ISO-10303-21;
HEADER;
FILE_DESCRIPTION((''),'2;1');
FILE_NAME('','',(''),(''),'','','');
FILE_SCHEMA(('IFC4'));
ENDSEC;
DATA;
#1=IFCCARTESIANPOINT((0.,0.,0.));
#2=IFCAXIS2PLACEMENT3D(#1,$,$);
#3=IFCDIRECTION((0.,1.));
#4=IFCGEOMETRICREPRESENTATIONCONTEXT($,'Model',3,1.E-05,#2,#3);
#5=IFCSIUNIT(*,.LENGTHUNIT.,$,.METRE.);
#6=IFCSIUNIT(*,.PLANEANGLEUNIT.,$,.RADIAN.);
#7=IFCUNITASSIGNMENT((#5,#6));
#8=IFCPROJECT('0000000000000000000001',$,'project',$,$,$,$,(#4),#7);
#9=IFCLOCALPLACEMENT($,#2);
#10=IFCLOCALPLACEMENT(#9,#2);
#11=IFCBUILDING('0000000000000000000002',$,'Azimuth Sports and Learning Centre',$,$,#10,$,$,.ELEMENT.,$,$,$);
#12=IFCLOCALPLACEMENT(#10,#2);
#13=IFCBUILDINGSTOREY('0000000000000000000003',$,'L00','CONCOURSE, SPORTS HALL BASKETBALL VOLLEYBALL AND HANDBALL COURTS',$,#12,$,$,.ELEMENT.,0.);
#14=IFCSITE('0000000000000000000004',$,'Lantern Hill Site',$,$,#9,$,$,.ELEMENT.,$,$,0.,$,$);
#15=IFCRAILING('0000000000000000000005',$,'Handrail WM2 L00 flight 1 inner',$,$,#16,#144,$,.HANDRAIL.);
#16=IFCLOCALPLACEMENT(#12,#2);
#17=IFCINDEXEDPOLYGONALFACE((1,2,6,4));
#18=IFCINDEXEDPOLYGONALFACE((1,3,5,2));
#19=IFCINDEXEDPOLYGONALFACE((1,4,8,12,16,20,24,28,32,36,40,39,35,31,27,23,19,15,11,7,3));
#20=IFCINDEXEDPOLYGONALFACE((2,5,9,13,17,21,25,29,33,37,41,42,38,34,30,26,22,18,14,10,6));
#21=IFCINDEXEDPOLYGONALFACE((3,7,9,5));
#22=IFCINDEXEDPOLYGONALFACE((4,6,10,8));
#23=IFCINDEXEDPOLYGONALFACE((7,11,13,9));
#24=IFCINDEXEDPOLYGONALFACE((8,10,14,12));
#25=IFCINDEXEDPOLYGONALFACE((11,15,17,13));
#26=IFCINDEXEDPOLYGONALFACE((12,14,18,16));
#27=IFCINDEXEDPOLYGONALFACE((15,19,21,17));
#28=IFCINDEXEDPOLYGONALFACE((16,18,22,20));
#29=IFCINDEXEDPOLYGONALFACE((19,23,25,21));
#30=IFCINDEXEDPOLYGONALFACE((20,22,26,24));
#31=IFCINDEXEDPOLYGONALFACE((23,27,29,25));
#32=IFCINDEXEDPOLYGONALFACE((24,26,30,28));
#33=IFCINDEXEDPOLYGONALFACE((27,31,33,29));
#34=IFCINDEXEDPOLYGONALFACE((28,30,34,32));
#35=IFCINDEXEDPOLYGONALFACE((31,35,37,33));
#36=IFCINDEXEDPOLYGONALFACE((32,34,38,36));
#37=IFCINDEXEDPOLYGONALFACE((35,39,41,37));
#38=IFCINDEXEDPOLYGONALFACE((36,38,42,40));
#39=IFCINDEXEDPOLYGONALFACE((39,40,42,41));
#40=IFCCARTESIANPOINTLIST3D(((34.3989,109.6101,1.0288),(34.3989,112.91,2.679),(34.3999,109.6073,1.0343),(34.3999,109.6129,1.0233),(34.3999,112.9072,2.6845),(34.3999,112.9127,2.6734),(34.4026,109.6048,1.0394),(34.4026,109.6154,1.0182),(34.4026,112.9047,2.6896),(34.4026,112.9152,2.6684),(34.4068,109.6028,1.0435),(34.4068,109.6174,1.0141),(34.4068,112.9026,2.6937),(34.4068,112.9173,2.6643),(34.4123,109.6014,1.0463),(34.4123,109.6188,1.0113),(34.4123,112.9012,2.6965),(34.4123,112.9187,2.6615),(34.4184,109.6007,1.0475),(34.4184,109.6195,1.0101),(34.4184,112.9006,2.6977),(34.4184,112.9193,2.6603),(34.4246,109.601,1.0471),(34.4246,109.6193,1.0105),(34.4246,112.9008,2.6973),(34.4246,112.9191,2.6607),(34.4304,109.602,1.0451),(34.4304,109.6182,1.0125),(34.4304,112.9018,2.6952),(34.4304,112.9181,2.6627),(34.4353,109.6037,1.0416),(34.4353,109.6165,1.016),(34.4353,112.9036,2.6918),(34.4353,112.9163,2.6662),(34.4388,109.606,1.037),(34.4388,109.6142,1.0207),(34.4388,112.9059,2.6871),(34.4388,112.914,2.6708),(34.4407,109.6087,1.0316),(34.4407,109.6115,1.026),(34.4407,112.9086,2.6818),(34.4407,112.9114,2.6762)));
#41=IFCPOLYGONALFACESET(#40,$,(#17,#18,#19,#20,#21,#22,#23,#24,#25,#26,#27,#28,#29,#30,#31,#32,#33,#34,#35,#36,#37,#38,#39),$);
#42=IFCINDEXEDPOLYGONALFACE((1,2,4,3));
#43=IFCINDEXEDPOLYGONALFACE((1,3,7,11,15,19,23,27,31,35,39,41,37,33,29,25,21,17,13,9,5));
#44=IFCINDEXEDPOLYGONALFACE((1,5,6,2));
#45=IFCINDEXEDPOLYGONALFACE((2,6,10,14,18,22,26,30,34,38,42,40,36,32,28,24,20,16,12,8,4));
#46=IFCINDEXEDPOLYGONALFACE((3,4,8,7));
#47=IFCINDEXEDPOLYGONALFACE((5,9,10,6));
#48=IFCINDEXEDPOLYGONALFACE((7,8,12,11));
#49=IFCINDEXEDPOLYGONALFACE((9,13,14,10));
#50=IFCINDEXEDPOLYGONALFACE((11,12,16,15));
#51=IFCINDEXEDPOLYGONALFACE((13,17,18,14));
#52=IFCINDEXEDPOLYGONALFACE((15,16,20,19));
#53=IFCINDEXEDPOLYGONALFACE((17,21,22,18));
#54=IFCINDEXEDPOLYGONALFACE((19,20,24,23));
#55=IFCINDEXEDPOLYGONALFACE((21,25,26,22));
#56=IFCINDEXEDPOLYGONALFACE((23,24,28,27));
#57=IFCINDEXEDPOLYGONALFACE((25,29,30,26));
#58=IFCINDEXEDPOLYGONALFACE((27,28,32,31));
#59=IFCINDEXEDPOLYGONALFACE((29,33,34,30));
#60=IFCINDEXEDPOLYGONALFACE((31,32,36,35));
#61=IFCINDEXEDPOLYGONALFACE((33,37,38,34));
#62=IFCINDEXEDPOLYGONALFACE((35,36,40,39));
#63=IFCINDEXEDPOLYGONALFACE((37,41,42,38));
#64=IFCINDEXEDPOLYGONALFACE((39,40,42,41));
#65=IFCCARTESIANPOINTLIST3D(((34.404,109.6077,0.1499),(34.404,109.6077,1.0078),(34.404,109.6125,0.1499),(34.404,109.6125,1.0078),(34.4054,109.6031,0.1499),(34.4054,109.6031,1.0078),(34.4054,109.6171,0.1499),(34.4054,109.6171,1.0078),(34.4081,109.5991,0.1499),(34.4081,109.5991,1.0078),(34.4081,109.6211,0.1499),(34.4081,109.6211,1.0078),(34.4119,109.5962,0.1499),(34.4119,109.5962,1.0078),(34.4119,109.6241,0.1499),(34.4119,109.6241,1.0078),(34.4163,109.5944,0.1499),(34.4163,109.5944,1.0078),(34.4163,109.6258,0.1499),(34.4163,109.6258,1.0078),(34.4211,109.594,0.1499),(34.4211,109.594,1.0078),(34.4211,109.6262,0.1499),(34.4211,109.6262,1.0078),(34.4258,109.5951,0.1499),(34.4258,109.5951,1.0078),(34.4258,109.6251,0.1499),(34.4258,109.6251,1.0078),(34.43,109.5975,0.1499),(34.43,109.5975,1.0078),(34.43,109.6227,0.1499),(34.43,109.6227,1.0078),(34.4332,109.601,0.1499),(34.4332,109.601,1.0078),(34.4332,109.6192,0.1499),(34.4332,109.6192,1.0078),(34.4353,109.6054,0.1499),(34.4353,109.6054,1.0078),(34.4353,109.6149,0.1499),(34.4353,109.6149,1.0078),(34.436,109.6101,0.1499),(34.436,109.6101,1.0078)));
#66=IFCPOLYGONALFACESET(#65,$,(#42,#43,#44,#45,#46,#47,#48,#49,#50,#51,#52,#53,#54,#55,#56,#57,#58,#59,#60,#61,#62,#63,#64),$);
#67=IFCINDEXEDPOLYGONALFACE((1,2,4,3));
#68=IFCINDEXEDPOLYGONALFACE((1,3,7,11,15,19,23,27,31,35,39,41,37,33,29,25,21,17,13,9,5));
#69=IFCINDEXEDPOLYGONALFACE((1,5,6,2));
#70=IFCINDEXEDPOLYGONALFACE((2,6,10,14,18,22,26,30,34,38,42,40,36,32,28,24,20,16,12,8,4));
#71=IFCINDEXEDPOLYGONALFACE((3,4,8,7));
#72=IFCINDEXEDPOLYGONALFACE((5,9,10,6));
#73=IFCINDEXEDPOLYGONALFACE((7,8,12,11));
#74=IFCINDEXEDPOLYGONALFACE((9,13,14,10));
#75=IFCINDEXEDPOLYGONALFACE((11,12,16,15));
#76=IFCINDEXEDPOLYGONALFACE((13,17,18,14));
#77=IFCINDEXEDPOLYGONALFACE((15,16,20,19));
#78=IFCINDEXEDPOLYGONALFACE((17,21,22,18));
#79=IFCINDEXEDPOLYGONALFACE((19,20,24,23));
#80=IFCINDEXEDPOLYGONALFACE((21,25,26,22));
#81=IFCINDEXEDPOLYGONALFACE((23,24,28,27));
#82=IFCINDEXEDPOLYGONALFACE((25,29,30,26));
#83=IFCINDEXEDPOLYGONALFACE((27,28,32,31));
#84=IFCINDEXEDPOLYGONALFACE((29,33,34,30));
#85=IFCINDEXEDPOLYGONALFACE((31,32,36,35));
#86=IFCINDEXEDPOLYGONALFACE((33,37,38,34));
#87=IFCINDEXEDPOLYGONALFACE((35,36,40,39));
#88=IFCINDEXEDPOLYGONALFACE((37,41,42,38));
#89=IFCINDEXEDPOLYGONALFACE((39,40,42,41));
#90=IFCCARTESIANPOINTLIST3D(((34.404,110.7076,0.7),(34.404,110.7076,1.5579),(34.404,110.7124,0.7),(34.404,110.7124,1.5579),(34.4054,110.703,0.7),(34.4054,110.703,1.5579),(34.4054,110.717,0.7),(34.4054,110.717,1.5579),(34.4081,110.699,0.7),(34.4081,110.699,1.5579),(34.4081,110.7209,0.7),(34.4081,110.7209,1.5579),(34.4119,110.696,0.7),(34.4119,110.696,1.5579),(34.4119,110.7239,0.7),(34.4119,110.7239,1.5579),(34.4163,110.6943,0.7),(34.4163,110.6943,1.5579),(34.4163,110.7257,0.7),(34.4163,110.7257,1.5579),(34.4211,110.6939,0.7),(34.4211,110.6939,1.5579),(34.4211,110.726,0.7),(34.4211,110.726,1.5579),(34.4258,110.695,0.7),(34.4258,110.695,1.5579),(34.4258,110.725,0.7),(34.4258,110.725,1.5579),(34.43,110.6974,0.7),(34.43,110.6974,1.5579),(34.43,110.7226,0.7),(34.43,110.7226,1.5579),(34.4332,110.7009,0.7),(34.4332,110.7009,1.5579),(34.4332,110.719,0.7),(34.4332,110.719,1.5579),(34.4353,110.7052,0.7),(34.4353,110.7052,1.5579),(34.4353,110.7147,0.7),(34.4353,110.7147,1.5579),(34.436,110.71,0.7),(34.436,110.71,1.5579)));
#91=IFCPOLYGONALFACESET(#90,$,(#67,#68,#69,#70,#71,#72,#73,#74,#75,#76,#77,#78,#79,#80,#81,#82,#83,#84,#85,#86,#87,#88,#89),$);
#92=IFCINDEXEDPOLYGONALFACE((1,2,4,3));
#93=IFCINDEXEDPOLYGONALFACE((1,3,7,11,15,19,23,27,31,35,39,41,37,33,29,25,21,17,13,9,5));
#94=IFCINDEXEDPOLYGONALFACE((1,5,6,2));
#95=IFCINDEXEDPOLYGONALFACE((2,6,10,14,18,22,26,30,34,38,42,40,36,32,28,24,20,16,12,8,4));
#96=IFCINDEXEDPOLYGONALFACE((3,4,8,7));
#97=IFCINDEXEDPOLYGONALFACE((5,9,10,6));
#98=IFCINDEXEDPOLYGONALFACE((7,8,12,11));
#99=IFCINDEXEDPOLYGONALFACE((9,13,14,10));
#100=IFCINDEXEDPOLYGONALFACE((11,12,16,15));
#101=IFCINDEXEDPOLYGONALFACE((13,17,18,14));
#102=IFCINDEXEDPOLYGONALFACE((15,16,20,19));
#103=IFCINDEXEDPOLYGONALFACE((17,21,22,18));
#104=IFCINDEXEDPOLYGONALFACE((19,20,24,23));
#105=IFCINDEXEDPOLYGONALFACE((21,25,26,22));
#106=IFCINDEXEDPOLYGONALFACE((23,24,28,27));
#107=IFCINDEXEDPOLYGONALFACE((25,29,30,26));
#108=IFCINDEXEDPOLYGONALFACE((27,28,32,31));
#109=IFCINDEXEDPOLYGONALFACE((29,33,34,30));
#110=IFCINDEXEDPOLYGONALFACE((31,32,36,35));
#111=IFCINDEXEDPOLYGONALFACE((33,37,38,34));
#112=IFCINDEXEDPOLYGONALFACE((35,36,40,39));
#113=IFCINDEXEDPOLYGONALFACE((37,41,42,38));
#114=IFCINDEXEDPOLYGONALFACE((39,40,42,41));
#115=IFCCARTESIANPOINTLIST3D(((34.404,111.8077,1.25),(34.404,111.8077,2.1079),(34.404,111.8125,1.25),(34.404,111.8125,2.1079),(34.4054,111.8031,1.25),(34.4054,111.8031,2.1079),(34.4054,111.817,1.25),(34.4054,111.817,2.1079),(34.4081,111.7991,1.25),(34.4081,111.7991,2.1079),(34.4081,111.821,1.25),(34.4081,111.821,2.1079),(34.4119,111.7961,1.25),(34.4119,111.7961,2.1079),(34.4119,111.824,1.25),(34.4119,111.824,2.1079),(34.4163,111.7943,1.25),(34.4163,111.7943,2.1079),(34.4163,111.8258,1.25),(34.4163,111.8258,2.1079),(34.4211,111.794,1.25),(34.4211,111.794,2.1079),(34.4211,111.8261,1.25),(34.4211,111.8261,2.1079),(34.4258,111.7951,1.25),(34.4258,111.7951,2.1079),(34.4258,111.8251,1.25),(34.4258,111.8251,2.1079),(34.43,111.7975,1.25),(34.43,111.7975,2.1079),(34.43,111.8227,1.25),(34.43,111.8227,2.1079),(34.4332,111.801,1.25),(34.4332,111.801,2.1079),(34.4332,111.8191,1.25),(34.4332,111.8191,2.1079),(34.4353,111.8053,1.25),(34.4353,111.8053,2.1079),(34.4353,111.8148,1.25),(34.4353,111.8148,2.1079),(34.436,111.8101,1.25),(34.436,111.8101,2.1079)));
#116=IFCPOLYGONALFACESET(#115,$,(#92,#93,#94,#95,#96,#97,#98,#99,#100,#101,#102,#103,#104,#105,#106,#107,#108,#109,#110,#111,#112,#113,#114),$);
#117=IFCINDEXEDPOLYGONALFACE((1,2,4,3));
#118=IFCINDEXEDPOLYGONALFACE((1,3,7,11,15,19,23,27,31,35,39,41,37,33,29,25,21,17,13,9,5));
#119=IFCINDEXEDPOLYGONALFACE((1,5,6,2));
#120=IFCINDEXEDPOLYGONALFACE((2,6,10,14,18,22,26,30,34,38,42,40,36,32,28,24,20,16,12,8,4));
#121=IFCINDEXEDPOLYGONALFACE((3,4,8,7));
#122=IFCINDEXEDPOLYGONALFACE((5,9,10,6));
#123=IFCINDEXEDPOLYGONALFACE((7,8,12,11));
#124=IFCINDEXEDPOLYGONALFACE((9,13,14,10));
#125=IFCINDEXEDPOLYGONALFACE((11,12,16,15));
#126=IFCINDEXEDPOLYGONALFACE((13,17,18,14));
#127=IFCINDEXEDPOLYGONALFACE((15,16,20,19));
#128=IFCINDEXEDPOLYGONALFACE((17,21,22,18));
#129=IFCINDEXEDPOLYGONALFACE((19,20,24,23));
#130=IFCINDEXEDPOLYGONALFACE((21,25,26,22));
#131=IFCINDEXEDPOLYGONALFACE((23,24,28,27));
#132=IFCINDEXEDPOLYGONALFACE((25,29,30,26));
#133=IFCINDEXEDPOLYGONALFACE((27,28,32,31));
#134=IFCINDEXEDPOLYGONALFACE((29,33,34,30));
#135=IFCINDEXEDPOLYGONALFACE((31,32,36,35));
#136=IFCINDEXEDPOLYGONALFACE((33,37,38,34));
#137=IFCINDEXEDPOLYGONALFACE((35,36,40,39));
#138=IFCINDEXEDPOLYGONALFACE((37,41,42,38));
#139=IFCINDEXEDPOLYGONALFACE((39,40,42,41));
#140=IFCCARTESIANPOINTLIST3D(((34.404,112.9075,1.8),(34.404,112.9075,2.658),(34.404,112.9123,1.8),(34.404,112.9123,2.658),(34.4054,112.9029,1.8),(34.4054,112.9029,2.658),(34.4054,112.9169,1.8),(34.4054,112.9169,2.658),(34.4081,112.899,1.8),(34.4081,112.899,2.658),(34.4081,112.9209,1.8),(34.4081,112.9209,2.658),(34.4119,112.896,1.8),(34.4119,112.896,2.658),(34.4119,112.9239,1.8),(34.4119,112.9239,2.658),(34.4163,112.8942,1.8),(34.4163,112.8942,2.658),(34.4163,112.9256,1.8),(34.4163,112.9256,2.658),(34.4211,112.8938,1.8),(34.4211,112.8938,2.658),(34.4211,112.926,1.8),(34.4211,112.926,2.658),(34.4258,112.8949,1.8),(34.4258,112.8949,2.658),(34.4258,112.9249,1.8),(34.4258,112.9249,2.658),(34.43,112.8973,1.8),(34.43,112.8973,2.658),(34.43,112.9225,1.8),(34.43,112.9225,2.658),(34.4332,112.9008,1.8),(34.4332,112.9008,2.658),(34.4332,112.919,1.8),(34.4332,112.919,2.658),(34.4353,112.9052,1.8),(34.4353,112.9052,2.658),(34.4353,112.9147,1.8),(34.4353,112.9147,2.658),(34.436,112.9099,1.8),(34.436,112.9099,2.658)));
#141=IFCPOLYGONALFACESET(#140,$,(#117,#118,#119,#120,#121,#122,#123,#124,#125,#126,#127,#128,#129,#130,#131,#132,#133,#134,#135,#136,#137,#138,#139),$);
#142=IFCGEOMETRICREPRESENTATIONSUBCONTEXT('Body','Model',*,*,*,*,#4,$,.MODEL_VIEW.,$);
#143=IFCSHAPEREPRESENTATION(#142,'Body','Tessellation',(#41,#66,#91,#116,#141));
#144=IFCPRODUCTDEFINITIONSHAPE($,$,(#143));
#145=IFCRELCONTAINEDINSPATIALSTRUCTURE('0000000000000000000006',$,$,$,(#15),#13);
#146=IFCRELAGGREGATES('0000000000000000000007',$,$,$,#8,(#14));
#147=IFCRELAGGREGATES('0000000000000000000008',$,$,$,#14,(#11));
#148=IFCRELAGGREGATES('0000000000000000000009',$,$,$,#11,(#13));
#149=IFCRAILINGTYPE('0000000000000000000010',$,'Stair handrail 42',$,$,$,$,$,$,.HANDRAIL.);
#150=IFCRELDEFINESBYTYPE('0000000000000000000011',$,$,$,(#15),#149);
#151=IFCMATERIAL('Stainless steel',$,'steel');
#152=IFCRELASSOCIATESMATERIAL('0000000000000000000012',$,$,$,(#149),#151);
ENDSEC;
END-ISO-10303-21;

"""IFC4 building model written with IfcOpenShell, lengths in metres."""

from ifc_helpers import new_model, si_unit, direction, frame, origin, origin_2d, place, context, subcontext, project, spatial, circle, extrude, material, type_object, element, save


model = new_model("IFC4")

# Units and contexts
model_context = context("Model", 3, precision=1e-05, world=origin(), true_north=direction((0.0, 1.0)))
body_context = subcontext(model_context, "Body", "Model", "MODEL_VIEW")
ifc_project = project(units=[si_unit("LENGTHUNIT", "METRE"), si_unit("PLANEANGLEUNIT", "RADIAN")], contexts=[model_context])

# Site, building, storey
site_placement = place(None, origin())
site = spatial("IfcSite", under=ifc_project, at=site_placement, Name="Lantern Hill Site", CompositionType="ELEMENT", RefElevation=0.0)
building_placement = place(site_placement, origin())
building = spatial("IfcBuilding", under=site, at=building_placement, Name="Azimuth Sports and Learning Centre", CompositionType="ELEMENT")
storey_placement = place(building_placement, origin())
storey = spatial("IfcBuildingStorey", under=building, at=storey_placement, Name="L00", Description="CONCOURSE, SPORTS HALL BASKETBALL VOLLEYBALL AND HANDBALL COURTS", CompositionType="ELEMENT", Elevation=0.0)

# Railing
ifc_material_1 = material(Name="Stainless steel", Category="steel")
railing_type = type_object("IfcRailingType", Name="Stair handrail 42", PredefinedType="HANDRAIL", material=ifc_material_1)
for number, where, name in (
    (1, (34.4199, 109.6101, 0.1499), "Handrail WM2 L00 flight 1 inner"),
):
    element("IfcRailing", number, at=place(storey_placement, frame(where)), inside=storey, type_object=railing_type, Name=name, PredefinedType="HANDRAIL", context=body_context, shape_type="SweptSolid", body=[
        extrude(circle(Radius=0.021, at=origin_2d()), frame((0.0, 0.0, 0.8789), z_axis=(0.0, 0.894401, 0.447267), x_axis=(-1.0, 0.0, 0.0)), (0.0, 0.0, 1.0), 3.6895),
        extrude(circle(Radius=0.0161, at=origin_2d()), origin(), (0.0, 0.0, 1.0), 0.8579),
        extrude(circle(Radius=0.0161, at=origin_2d()), frame((0.0, 1.0999, 0.55)), (0.0, 0.0, 1.0), 0.8579),
        extrude(circle(Radius=0.0161, at=origin_2d()), frame((0.0, 2.2, 1.1001)), (0.0, 0.0, 1.0), 0.8579),
        extrude(circle(Radius=0.0161, at=origin_2d()), frame((0.0, 3.2998, 1.6501)), (0.0, 0.0, 1.0), 0.8579),
    ])

save(model, "model.ifc")
